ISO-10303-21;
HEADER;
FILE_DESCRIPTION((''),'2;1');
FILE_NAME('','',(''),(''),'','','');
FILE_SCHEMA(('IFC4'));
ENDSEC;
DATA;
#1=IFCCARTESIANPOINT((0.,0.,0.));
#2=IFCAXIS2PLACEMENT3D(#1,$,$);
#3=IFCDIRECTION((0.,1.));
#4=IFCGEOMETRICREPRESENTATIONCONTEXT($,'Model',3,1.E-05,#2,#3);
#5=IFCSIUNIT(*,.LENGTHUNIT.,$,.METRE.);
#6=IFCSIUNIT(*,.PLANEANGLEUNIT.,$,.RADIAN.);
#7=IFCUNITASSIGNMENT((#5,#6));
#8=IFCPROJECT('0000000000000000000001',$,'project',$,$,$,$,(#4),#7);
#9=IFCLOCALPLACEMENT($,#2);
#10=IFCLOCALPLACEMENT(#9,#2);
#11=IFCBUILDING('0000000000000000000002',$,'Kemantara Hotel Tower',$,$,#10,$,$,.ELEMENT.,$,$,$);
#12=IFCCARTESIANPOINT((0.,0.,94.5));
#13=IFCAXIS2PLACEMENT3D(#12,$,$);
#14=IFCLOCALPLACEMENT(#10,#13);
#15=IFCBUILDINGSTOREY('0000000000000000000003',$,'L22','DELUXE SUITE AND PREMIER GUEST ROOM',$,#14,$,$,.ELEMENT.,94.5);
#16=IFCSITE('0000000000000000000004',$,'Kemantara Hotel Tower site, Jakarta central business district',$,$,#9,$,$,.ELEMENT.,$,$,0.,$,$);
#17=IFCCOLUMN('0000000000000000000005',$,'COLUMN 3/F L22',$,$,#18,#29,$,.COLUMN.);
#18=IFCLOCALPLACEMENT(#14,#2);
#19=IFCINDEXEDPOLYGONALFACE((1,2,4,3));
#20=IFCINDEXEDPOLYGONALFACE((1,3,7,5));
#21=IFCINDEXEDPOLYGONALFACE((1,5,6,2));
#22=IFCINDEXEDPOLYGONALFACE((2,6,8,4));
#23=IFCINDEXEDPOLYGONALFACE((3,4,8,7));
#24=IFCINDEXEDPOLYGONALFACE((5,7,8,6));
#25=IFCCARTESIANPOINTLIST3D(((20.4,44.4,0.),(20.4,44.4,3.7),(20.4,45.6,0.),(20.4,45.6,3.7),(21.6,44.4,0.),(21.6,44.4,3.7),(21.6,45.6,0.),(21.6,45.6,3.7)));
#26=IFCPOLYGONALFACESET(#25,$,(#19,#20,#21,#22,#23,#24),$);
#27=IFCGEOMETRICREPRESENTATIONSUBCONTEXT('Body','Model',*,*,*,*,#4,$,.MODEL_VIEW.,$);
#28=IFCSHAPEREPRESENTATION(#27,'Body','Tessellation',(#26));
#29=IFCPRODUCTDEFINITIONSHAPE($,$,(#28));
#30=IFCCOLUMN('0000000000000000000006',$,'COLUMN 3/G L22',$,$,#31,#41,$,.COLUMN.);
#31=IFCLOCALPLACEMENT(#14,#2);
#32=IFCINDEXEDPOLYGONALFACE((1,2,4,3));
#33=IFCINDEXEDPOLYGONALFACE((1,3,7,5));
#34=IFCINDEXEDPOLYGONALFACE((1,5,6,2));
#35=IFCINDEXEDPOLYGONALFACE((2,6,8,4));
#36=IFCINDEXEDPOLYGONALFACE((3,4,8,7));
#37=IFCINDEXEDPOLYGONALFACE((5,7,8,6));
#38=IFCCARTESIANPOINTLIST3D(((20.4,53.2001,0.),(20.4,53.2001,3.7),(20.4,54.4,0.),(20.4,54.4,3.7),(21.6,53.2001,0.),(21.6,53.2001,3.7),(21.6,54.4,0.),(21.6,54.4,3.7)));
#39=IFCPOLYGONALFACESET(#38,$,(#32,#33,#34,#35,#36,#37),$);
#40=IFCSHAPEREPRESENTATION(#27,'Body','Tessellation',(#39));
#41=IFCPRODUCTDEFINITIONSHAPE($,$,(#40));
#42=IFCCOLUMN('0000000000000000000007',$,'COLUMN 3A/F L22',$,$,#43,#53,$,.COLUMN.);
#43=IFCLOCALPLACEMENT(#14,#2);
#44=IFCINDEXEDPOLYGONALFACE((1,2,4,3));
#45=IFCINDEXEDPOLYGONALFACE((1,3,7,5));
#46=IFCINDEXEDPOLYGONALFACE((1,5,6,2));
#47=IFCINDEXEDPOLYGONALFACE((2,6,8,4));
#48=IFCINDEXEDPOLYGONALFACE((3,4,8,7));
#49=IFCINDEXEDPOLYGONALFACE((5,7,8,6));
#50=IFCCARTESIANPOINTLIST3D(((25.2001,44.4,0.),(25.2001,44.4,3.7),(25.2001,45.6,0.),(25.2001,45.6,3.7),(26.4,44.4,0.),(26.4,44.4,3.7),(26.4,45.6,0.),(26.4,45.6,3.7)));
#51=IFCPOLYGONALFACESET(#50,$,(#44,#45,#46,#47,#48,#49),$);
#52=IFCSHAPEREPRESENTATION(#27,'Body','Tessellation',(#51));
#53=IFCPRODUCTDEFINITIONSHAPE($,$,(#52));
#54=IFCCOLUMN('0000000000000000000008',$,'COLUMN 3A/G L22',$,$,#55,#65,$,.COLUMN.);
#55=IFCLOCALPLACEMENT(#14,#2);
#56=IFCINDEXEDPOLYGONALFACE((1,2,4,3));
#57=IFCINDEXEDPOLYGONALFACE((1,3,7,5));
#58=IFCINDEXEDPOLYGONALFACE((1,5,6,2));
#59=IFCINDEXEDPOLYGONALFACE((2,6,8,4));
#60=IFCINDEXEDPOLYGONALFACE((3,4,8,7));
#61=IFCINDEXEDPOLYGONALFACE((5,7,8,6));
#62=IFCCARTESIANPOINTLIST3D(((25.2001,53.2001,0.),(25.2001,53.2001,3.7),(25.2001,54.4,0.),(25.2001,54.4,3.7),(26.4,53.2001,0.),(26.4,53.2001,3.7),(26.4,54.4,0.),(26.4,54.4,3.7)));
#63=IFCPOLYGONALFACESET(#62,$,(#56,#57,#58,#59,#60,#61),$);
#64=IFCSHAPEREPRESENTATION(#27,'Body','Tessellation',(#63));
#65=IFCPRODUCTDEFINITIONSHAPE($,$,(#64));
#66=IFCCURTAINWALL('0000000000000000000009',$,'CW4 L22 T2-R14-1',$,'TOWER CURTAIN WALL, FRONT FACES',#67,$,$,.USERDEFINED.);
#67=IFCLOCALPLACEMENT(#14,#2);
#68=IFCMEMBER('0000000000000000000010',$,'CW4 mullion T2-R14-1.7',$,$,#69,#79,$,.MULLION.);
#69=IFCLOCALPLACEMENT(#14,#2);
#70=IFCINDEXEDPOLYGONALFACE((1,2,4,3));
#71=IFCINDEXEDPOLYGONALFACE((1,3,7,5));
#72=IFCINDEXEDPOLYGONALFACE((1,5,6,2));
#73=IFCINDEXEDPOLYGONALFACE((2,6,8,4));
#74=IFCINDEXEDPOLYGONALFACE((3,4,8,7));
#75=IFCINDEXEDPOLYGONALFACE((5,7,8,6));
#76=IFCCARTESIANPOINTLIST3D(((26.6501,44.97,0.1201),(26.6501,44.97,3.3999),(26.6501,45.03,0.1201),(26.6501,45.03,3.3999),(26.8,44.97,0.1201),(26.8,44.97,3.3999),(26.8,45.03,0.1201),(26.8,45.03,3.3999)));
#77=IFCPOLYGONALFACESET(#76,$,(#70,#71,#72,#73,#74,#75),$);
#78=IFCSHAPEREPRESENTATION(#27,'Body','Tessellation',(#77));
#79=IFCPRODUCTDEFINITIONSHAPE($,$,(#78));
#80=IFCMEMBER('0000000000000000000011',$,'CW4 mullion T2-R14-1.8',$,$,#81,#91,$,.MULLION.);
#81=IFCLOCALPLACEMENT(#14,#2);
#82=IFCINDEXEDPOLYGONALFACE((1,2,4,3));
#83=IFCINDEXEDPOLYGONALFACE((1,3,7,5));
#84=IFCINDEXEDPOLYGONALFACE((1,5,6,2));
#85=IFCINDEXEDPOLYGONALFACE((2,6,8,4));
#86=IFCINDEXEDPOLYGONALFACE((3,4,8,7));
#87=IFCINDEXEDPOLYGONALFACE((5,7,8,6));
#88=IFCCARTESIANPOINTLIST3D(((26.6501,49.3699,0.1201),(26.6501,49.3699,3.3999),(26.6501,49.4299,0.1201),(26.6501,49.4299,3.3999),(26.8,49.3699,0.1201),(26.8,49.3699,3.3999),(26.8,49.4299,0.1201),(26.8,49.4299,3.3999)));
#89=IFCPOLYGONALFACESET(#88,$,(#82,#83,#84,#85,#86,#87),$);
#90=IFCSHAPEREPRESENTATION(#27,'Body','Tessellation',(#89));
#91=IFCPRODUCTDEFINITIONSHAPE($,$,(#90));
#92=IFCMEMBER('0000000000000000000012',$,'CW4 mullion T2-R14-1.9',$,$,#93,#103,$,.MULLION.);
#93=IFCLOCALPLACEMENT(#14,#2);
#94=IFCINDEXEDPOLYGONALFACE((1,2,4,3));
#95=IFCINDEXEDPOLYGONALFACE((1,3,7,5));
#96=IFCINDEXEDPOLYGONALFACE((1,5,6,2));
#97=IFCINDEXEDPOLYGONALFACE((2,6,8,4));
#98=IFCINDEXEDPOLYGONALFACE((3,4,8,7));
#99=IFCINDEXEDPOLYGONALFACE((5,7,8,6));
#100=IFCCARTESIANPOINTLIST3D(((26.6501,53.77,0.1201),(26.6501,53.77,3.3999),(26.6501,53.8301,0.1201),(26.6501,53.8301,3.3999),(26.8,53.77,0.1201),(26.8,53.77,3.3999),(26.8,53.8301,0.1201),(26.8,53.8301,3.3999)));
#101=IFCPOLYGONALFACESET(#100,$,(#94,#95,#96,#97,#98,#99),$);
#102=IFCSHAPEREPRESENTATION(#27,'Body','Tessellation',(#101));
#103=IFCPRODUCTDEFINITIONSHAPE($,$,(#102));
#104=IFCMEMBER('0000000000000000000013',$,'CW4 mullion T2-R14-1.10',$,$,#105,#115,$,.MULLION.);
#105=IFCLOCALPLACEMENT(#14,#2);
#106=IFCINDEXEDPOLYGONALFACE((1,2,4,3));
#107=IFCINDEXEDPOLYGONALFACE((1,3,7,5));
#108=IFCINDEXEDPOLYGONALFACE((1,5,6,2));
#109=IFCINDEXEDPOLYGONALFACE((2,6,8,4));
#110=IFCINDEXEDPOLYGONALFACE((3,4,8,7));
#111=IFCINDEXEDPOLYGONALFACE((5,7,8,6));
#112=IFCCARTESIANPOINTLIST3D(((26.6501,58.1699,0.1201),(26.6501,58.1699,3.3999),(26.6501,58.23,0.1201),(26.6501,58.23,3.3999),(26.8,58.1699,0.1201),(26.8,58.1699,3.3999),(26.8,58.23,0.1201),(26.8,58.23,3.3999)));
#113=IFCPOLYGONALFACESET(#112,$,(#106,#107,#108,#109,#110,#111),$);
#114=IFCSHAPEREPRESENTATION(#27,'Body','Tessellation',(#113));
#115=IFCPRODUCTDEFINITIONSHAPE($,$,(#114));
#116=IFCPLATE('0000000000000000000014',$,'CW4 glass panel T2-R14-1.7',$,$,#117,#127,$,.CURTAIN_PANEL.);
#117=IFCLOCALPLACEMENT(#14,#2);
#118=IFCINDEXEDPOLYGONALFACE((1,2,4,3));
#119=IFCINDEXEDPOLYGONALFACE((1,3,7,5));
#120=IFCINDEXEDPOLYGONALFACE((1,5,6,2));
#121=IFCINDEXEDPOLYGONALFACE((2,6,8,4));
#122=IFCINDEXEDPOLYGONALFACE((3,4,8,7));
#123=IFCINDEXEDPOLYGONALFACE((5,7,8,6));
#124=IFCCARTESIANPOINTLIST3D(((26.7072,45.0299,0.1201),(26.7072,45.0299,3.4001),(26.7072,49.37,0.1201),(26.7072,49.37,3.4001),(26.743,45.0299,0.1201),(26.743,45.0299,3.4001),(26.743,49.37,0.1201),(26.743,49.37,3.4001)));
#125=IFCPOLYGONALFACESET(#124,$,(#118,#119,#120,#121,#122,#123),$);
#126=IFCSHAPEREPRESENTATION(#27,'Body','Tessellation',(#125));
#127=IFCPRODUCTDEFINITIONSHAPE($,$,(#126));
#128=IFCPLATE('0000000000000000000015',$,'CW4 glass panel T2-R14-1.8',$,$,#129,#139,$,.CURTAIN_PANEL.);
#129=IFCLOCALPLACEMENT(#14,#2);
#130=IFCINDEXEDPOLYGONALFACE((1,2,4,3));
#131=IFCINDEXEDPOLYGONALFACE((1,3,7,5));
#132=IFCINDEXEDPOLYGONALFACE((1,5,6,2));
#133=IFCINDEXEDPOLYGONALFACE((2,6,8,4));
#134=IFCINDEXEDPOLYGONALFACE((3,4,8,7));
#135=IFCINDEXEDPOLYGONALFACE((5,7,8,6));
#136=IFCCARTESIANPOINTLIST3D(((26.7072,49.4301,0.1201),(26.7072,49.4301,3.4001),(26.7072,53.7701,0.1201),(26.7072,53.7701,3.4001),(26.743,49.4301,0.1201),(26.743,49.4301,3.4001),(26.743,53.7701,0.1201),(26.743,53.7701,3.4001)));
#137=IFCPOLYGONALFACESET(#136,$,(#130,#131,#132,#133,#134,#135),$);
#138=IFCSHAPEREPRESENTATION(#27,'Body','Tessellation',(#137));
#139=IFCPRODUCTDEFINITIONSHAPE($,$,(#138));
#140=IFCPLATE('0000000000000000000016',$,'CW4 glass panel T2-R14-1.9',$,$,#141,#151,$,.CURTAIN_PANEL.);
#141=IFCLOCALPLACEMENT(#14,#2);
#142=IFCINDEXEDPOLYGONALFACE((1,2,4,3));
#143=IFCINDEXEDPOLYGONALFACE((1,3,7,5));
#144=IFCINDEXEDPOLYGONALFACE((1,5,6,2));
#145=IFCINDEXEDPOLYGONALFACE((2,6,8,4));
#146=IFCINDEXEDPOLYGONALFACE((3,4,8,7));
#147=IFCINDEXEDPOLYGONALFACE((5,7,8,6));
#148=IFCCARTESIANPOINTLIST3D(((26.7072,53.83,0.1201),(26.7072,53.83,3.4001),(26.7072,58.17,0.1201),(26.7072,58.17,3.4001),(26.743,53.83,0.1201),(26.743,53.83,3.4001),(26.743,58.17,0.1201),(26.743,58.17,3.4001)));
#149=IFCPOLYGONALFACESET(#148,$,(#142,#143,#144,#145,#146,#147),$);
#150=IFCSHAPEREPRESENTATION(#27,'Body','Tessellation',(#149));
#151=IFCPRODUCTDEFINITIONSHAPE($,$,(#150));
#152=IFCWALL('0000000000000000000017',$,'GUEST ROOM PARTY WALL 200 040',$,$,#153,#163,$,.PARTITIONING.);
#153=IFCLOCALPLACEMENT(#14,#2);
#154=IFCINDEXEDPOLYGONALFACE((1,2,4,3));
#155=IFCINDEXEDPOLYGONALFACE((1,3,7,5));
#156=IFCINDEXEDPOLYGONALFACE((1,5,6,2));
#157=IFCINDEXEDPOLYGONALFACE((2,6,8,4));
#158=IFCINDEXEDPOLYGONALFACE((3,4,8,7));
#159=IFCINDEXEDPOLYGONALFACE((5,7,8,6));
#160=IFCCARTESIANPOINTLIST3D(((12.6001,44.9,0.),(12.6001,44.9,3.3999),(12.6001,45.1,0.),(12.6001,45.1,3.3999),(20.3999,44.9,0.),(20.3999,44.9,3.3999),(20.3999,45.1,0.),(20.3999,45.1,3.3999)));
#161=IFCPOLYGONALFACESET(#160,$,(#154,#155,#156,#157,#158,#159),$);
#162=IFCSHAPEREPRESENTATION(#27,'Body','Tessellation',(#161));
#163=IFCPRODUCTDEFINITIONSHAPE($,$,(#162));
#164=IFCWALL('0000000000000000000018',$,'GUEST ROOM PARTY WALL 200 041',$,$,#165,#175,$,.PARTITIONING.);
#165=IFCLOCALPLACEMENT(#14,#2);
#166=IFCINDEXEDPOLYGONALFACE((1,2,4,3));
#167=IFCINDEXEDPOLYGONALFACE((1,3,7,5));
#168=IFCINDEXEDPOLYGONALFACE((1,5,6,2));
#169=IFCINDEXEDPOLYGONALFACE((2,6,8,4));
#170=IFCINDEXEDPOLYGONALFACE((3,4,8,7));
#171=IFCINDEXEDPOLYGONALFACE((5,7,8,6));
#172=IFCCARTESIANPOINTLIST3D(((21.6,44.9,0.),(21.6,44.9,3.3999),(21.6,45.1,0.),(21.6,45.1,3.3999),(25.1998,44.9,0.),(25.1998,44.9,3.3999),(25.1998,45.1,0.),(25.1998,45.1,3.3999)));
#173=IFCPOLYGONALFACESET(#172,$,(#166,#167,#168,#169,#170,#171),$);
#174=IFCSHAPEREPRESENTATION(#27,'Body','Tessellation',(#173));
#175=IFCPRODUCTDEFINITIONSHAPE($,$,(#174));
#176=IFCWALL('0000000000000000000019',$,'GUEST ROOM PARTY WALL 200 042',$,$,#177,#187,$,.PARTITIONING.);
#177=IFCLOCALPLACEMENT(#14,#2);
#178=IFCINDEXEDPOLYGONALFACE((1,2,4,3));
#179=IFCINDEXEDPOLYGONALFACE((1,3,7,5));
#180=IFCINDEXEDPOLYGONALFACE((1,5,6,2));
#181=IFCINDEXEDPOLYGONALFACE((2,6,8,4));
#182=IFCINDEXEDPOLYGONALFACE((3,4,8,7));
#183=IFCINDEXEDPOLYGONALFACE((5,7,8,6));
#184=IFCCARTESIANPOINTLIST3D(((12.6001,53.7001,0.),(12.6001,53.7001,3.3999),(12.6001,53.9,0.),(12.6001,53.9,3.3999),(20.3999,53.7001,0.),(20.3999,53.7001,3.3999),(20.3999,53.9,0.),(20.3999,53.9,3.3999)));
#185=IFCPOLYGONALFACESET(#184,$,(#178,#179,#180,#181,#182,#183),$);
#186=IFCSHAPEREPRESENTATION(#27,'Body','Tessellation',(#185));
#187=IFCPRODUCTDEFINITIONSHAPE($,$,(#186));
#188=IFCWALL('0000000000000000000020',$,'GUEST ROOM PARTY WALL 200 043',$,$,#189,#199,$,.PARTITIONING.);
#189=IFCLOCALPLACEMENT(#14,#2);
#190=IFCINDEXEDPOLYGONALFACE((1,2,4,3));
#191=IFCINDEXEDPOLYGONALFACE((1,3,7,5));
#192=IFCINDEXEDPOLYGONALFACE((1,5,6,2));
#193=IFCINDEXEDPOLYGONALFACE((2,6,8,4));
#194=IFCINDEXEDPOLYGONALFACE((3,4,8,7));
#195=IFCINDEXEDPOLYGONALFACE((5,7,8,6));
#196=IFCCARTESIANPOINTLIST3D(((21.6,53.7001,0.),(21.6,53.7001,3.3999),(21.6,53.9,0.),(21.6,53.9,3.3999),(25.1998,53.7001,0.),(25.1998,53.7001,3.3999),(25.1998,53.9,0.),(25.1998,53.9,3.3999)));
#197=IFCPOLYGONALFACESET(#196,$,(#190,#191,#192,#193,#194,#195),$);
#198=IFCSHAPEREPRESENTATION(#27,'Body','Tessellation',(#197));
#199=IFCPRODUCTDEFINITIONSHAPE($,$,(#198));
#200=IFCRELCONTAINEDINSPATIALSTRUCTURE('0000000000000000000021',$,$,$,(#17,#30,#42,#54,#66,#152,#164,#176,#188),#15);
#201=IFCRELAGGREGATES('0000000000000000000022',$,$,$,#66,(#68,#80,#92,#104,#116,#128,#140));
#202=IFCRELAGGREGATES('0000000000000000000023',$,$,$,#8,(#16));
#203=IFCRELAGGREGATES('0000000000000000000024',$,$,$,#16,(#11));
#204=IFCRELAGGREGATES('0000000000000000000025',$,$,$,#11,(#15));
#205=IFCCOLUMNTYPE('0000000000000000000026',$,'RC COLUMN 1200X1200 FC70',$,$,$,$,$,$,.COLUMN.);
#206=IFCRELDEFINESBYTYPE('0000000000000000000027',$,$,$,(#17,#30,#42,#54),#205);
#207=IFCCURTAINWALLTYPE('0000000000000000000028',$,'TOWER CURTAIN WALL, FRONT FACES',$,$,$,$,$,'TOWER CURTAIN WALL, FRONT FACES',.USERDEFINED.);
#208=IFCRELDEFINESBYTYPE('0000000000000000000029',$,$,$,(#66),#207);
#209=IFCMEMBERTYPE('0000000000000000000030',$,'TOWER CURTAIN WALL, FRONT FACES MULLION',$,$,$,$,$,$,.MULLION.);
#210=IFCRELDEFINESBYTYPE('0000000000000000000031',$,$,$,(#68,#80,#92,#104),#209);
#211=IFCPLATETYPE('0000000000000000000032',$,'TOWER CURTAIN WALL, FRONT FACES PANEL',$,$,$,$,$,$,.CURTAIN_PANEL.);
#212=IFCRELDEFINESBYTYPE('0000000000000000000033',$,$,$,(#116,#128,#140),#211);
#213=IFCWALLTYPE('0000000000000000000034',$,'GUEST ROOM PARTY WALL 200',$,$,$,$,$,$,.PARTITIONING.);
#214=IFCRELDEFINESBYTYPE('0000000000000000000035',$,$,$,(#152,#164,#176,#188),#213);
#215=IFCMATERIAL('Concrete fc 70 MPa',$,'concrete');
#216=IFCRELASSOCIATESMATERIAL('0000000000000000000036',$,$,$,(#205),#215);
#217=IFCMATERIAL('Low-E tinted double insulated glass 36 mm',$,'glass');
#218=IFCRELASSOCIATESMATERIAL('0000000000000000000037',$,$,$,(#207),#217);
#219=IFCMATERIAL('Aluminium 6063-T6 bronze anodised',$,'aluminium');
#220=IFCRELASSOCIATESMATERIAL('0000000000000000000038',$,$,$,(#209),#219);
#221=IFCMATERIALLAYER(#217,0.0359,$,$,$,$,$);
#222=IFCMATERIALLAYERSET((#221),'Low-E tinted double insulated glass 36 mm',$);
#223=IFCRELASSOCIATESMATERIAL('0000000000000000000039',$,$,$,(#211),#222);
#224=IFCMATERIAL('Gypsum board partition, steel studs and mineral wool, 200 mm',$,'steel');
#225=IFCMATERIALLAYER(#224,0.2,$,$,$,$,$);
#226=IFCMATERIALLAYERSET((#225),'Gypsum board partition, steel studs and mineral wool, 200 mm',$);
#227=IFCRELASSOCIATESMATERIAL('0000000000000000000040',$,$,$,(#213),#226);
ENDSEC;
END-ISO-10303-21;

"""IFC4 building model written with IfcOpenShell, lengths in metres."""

from ifc_helpers import new_model, si_unit, direction, frame, frame_2d, origin, origin_2d, place, context, subcontext, project, spatial, rectangle, extrude, source, transform, mapped, material, layer, layer_set, material_profile, profile_set, type_object, element, aggregate, save


model = new_model("IFC4")

# Units and contexts
model_context = context("Model", 3, precision=1e-05, world=origin(), true_north=direction((0.0, 1.0)))
body_context = subcontext(model_context, "Body", "Model", "MODEL_VIEW")
ifc_project = project(units=[si_unit("LENGTHUNIT", "METRE"), si_unit("PLANEANGLEUNIT", "RADIAN")], contexts=[model_context])

# Site, building, storey
site_placement = place(None, origin())
site = spatial("IfcSite", under=ifc_project, at=site_placement, Name="Kemantara Hotel Tower site, Jakarta central business district", CompositionType="ELEMENT", RefElevation=0.0)
building_placement = place(site_placement, origin())
building = spatial("IfcBuilding", under=site, at=building_placement, Name="Kemantara Hotel Tower", CompositionType="ELEMENT")
storey_placement = place(building_placement, frame((0.0, 0.0, 94.5)))
storey = spatial("IfcBuildingStorey", under=building, at=storey_placement, Name="L22", Description="DELUXE SUITE AND PREMIER GUEST ROOM", CompositionType="ELEMENT", Elevation=94.5)

# Columns
ifc_material_1 = material(Name="Concrete fc 70 MPa", Category="concrete")
ifc_material_profile_1 = material_profile(ifc_material_1, rectangle(XDim=1.2, YDim=1.2, at=origin_2d()), Name="RC 1200X1200")
ifc_profile_set_1 = profile_set([ifc_material_profile_1], Name="Concrete fc 70 MPa")
column_type = type_object("IfcColumnType", Name="RC COLUMN 1200X1200 FC70", PredefinedType="COLUMN", material=ifc_profile_set_1)
for number, where, z_axis, x_axis, name in (
    (1, (21.0, 45.0, 0.0), (0.0, 0.0, 1.0), (1.0, 0.0, 0.0), "COLUMN 3/F L22"),
    (2, (21.0, 53.8, 0.0), (0.0, 0.0, 1.0), (1.0, 0.0, 0.0), "COLUMN 3/G L22"),
    (3, (25.8, 45.0, 0.0), (0.0, 0.0, 1.0), (1.0, 0.0, 0.0), "COLUMN 3A/F L22"),
    (4, (25.8, 53.8, 0.0), (0.0, 0.0, 1.0), (1.0, 0.0, 0.0), "COLUMN 3A/G L22"),
):
    element("IfcColumn", number, at=place(storey_placement, frame(where, z_axis=z_axis, x_axis=x_axis)), inside=storey, type_object=column_type, Name=name, PredefinedType="COLUMN", context=body_context, shape_type="SweptSolid", body=[
        extrude(rectangle(XDim=1.2, YDim=1.2, at=origin_2d()), origin(), (0.0, 0.0, 1.0), 3.7),
    ])

# Curtain wall, members, plates
ifc_material_2 = material(Name="Low-E tinted double insulated glass 36 mm", Category="glass")
curtain_wall_type = type_object("IfcCurtainWallType", Name="TOWER CURTAIN WALL, FRONT FACES", ElementType="TOWER CURTAIN WALL, FRONT FACES", PredefinedType="USERDEFINED", material=ifc_material_2)
curtain_wall_placement = place(storey_placement, origin())
curtain_wall = element("IfcCurtainWall", 5, at=curtain_wall_placement, inside=storey, type_object=curtain_wall_type, Name="CW4 L22 T2-R14-1", ObjectType="TOWER CURTAIN WALL, FRONT FACES", PredefinedType="USERDEFINED")
ifc_material_3 = material(Name="Aluminium 6063-T6 bronze anodised", Category="aluminium")
ifc_material_profile_2 = material_profile(ifc_material_3, rectangle(XDim=0.1499, YDim=0.0601, at=origin_2d()), Name="TOWER CURTAIN WALL, FRONT FACES MULLION")
ifc_profile_set_2 = profile_set([ifc_material_profile_2], Name="Aluminium 6063-T6 bronze anodised")
member_type = type_object("IfcMemberType", Name="TOWER CURTAIN WALL, FRONT FACES MULLION", PredefinedType="MULLION", material=ifc_profile_set_2)
shared_shape_1 = source(origin(), body_context, "Body", "SweptSolid", [
    extrude(rectangle(XDim=0.1499, YDim=0.0601, at=origin_2d()), origin(), (0.0, 0.0, 1.0), 3.2798),
])
member_1_placement = place(storey_placement, frame((26.7251, 45.0, 0.1201), z_axis=(0.0, 0.0, 1.0), x_axis=(-1.0, 0.0, 0.0)))
member_1 = element("IfcMember", 6, at=member_1_placement, type_object=member_type, Name="CW4 mullion T2-R14-1.7", PredefinedType="MULLION", context=body_context, shape_type="MappedRepresentation", body=[
    mapped(shared_shape_1, transform((0.0, 0.0, 0.0))),
])
member_2_placement = place(storey_placement, frame((26.7251, 49.3999, 0.1201), z_axis=(0.0, 0.0, 1.0), x_axis=(-1.0, 0.0, 0.0)))
member_2 = element("IfcMember", 7, at=member_2_placement, type_object=member_type, Name="CW4 mullion T2-R14-1.8", PredefinedType="MULLION", context=body_context, shape_type="MappedRepresentation", body=[
    mapped(shared_shape_1, transform((0.0, 0.0, 0.0))),
])
member_3_placement = place(storey_placement, frame((26.7251, 53.8, 0.1201), z_axis=(0.0, 0.0, 1.0), x_axis=(-1.0, 0.0, 0.0)))
member_3 = element("IfcMember", 8, at=member_3_placement, type_object=member_type, Name="CW4 mullion T2-R14-1.9", PredefinedType="MULLION", context=body_context, shape_type="MappedRepresentation", body=[
    mapped(shared_shape_1, transform((0.0, 0.0, 0.0))),
])
member_4_placement = place(storey_placement, frame((26.7251, 58.2, 0.1201), z_axis=(0.0, 0.0, 1.0), x_axis=(-1.0, 0.0, 0.0)))
member_4 = element("IfcMember", 9, at=member_4_placement, type_object=member_type, Name="CW4 mullion T2-R14-1.10", PredefinedType="MULLION", context=body_context, shape_type="MappedRepresentation", body=[
    mapped(shared_shape_1, transform((0.0, 0.0, 0.0))),
])
ifc_layer_1 = layer(ifc_material_2, 0.0359)
ifc_layer_set_1 = layer_set([ifc_layer_1], Name="Low-E tinted double insulated glass 36 mm")
plate_type = type_object("IfcPlateType", Name="TOWER CURTAIN WALL, FRONT FACES PANEL", PredefinedType="CURTAIN_PANEL", material=ifc_layer_set_1)
shared_shape_2 = source(origin(), body_context, "Body", "SweptSolid", [
    extrude(rectangle(XDim=4.3401, YDim=0.0359, at=origin_2d()), origin(), (0.0, 0.0, 1.0), 3.28),
])
plate_1_placement = place(storey_placement, frame((26.7251, 47.2, 0.1201), z_axis=(0.0, 0.0, 1.0), x_axis=(0.0, 1.0, 0.0)))
plate_1 = element("IfcPlate", 10, at=plate_1_placement, type_object=plate_type, Name="CW4 glass panel T2-R14-1.7", PredefinedType="CURTAIN_PANEL", context=body_context, shape_type="MappedRepresentation", body=[
    mapped(shared_shape_2, transform((0.0, 0.0, 0.0))),
])
plate_2_placement = place(storey_placement, frame((26.7251, 51.6001, 0.1201), z_axis=(0.0, 0.0, 1.0), x_axis=(0.0, 1.0, 0.0)))
plate_2 = element("IfcPlate", 11, at=plate_2_placement, type_object=plate_type, Name="CW4 glass panel T2-R14-1.8", PredefinedType="CURTAIN_PANEL", context=body_context, shape_type="MappedRepresentation", body=[
    mapped(shared_shape_2, transform((0.0, 0.0, 0.0))),
])
plate_3_placement = place(storey_placement, frame((26.7251, 56.0, 0.1201), z_axis=(0.0, 0.0, 1.0), x_axis=(0.0, 1.0, 0.0)))
plate_3 = element("IfcPlate", 12, at=plate_3_placement, type_object=plate_type, Name="CW4 glass panel T2-R14-1.9", PredefinedType="CURTAIN_PANEL", context=body_context, shape_type="MappedRepresentation", body=[
    mapped(shared_shape_2, transform((0.0, 0.0, 0.0))),
])
aggregate(curtain_wall, [member_1, member_2, member_3, member_4, plate_1, plate_2, plate_3])

# Walls
ifc_material_4 = material(Name="Gypsum board partition, steel studs and mineral wool, 200 mm", Category="steel")
ifc_layer_2 = layer(ifc_material_4, 0.2)
ifc_layer_set_2 = layer_set([ifc_layer_2], Name="Gypsum board partition, steel studs and mineral wool, 200 mm")
wall_type_1 = type_object("IfcWallType", Name="GUEST ROOM PARTY WALL 200", PredefinedType="PARTITIONING", material=ifc_layer_set_2)
wall_1_placement = place(storey_placement, frame((12.6001, 45.0, 0.0), z_axis=(0.0, 0.0, 1.0), x_axis=(1.0, 0.0, 0.0)))
element("IfcWall", 13, at=wall_1_placement, inside=storey, type_object=wall_type_1, Name="GUEST ROOM PARTY WALL 200 040", PredefinedType="PARTITIONING", context=body_context, shape_type="SweptSolid", body=[
    extrude(rectangle(XDim=7.7998, YDim=0.2, at=frame_2d((3.8999, 0.0))), origin(), (0.0, 0.0, 1.0), 3.3999),
])
wall_2_placement = place(storey_placement, frame((21.6001, 45.0, 0.0), z_axis=(0.0, 0.0, 1.0), x_axis=(1.0, 0.0, 0.0)))
element("IfcWall", 14, at=wall_2_placement, inside=storey, type_object=wall_type_1, Name="GUEST ROOM PARTY WALL 200 041", PredefinedType="PARTITIONING", context=body_context, shape_type="SweptSolid", body=[
    extrude(rectangle(XDim=3.5999, YDim=0.2, at=frame_2d((1.7998, 0.0))), origin(), (0.0, 0.0, 1.0), 3.3999),
])
wall_3_placement = place(storey_placement, frame((12.6001, 53.8, 0.0), z_axis=(0.0, 0.0, 1.0), x_axis=(1.0, 0.0, 0.0)))
element("IfcWall", 15, at=wall_3_placement, inside=storey, type_object=wall_type_1, Name="GUEST ROOM PARTY WALL 200 042", PredefinedType="PARTITIONING", context=body_context, shape_type="SweptSolid", body=[
    extrude(rectangle(XDim=7.7998, YDim=0.2, at=frame_2d((3.8999, 0.0))), origin(), (0.0, 0.0, 1.0), 3.3999),
])
wall_4_placement = place(storey_placement, frame((21.6001, 53.8, 0.0), z_axis=(0.0, 0.0, 1.0), x_axis=(1.0, 0.0, 0.0)))
element("IfcWall", 16, at=wall_4_placement, inside=storey, type_object=wall_type_1, Name="GUEST ROOM PARTY WALL 200 043", PredefinedType="PARTITIONING", context=body_context, shape_type="SweptSolid", body=[
    extrude(rectangle(XDim=3.5999, YDim=0.2, at=frame_2d((1.7998, 0.0))), origin(), (0.0, 0.0, 1.0), 3.3999),
])

save(model, "model.ifc")
